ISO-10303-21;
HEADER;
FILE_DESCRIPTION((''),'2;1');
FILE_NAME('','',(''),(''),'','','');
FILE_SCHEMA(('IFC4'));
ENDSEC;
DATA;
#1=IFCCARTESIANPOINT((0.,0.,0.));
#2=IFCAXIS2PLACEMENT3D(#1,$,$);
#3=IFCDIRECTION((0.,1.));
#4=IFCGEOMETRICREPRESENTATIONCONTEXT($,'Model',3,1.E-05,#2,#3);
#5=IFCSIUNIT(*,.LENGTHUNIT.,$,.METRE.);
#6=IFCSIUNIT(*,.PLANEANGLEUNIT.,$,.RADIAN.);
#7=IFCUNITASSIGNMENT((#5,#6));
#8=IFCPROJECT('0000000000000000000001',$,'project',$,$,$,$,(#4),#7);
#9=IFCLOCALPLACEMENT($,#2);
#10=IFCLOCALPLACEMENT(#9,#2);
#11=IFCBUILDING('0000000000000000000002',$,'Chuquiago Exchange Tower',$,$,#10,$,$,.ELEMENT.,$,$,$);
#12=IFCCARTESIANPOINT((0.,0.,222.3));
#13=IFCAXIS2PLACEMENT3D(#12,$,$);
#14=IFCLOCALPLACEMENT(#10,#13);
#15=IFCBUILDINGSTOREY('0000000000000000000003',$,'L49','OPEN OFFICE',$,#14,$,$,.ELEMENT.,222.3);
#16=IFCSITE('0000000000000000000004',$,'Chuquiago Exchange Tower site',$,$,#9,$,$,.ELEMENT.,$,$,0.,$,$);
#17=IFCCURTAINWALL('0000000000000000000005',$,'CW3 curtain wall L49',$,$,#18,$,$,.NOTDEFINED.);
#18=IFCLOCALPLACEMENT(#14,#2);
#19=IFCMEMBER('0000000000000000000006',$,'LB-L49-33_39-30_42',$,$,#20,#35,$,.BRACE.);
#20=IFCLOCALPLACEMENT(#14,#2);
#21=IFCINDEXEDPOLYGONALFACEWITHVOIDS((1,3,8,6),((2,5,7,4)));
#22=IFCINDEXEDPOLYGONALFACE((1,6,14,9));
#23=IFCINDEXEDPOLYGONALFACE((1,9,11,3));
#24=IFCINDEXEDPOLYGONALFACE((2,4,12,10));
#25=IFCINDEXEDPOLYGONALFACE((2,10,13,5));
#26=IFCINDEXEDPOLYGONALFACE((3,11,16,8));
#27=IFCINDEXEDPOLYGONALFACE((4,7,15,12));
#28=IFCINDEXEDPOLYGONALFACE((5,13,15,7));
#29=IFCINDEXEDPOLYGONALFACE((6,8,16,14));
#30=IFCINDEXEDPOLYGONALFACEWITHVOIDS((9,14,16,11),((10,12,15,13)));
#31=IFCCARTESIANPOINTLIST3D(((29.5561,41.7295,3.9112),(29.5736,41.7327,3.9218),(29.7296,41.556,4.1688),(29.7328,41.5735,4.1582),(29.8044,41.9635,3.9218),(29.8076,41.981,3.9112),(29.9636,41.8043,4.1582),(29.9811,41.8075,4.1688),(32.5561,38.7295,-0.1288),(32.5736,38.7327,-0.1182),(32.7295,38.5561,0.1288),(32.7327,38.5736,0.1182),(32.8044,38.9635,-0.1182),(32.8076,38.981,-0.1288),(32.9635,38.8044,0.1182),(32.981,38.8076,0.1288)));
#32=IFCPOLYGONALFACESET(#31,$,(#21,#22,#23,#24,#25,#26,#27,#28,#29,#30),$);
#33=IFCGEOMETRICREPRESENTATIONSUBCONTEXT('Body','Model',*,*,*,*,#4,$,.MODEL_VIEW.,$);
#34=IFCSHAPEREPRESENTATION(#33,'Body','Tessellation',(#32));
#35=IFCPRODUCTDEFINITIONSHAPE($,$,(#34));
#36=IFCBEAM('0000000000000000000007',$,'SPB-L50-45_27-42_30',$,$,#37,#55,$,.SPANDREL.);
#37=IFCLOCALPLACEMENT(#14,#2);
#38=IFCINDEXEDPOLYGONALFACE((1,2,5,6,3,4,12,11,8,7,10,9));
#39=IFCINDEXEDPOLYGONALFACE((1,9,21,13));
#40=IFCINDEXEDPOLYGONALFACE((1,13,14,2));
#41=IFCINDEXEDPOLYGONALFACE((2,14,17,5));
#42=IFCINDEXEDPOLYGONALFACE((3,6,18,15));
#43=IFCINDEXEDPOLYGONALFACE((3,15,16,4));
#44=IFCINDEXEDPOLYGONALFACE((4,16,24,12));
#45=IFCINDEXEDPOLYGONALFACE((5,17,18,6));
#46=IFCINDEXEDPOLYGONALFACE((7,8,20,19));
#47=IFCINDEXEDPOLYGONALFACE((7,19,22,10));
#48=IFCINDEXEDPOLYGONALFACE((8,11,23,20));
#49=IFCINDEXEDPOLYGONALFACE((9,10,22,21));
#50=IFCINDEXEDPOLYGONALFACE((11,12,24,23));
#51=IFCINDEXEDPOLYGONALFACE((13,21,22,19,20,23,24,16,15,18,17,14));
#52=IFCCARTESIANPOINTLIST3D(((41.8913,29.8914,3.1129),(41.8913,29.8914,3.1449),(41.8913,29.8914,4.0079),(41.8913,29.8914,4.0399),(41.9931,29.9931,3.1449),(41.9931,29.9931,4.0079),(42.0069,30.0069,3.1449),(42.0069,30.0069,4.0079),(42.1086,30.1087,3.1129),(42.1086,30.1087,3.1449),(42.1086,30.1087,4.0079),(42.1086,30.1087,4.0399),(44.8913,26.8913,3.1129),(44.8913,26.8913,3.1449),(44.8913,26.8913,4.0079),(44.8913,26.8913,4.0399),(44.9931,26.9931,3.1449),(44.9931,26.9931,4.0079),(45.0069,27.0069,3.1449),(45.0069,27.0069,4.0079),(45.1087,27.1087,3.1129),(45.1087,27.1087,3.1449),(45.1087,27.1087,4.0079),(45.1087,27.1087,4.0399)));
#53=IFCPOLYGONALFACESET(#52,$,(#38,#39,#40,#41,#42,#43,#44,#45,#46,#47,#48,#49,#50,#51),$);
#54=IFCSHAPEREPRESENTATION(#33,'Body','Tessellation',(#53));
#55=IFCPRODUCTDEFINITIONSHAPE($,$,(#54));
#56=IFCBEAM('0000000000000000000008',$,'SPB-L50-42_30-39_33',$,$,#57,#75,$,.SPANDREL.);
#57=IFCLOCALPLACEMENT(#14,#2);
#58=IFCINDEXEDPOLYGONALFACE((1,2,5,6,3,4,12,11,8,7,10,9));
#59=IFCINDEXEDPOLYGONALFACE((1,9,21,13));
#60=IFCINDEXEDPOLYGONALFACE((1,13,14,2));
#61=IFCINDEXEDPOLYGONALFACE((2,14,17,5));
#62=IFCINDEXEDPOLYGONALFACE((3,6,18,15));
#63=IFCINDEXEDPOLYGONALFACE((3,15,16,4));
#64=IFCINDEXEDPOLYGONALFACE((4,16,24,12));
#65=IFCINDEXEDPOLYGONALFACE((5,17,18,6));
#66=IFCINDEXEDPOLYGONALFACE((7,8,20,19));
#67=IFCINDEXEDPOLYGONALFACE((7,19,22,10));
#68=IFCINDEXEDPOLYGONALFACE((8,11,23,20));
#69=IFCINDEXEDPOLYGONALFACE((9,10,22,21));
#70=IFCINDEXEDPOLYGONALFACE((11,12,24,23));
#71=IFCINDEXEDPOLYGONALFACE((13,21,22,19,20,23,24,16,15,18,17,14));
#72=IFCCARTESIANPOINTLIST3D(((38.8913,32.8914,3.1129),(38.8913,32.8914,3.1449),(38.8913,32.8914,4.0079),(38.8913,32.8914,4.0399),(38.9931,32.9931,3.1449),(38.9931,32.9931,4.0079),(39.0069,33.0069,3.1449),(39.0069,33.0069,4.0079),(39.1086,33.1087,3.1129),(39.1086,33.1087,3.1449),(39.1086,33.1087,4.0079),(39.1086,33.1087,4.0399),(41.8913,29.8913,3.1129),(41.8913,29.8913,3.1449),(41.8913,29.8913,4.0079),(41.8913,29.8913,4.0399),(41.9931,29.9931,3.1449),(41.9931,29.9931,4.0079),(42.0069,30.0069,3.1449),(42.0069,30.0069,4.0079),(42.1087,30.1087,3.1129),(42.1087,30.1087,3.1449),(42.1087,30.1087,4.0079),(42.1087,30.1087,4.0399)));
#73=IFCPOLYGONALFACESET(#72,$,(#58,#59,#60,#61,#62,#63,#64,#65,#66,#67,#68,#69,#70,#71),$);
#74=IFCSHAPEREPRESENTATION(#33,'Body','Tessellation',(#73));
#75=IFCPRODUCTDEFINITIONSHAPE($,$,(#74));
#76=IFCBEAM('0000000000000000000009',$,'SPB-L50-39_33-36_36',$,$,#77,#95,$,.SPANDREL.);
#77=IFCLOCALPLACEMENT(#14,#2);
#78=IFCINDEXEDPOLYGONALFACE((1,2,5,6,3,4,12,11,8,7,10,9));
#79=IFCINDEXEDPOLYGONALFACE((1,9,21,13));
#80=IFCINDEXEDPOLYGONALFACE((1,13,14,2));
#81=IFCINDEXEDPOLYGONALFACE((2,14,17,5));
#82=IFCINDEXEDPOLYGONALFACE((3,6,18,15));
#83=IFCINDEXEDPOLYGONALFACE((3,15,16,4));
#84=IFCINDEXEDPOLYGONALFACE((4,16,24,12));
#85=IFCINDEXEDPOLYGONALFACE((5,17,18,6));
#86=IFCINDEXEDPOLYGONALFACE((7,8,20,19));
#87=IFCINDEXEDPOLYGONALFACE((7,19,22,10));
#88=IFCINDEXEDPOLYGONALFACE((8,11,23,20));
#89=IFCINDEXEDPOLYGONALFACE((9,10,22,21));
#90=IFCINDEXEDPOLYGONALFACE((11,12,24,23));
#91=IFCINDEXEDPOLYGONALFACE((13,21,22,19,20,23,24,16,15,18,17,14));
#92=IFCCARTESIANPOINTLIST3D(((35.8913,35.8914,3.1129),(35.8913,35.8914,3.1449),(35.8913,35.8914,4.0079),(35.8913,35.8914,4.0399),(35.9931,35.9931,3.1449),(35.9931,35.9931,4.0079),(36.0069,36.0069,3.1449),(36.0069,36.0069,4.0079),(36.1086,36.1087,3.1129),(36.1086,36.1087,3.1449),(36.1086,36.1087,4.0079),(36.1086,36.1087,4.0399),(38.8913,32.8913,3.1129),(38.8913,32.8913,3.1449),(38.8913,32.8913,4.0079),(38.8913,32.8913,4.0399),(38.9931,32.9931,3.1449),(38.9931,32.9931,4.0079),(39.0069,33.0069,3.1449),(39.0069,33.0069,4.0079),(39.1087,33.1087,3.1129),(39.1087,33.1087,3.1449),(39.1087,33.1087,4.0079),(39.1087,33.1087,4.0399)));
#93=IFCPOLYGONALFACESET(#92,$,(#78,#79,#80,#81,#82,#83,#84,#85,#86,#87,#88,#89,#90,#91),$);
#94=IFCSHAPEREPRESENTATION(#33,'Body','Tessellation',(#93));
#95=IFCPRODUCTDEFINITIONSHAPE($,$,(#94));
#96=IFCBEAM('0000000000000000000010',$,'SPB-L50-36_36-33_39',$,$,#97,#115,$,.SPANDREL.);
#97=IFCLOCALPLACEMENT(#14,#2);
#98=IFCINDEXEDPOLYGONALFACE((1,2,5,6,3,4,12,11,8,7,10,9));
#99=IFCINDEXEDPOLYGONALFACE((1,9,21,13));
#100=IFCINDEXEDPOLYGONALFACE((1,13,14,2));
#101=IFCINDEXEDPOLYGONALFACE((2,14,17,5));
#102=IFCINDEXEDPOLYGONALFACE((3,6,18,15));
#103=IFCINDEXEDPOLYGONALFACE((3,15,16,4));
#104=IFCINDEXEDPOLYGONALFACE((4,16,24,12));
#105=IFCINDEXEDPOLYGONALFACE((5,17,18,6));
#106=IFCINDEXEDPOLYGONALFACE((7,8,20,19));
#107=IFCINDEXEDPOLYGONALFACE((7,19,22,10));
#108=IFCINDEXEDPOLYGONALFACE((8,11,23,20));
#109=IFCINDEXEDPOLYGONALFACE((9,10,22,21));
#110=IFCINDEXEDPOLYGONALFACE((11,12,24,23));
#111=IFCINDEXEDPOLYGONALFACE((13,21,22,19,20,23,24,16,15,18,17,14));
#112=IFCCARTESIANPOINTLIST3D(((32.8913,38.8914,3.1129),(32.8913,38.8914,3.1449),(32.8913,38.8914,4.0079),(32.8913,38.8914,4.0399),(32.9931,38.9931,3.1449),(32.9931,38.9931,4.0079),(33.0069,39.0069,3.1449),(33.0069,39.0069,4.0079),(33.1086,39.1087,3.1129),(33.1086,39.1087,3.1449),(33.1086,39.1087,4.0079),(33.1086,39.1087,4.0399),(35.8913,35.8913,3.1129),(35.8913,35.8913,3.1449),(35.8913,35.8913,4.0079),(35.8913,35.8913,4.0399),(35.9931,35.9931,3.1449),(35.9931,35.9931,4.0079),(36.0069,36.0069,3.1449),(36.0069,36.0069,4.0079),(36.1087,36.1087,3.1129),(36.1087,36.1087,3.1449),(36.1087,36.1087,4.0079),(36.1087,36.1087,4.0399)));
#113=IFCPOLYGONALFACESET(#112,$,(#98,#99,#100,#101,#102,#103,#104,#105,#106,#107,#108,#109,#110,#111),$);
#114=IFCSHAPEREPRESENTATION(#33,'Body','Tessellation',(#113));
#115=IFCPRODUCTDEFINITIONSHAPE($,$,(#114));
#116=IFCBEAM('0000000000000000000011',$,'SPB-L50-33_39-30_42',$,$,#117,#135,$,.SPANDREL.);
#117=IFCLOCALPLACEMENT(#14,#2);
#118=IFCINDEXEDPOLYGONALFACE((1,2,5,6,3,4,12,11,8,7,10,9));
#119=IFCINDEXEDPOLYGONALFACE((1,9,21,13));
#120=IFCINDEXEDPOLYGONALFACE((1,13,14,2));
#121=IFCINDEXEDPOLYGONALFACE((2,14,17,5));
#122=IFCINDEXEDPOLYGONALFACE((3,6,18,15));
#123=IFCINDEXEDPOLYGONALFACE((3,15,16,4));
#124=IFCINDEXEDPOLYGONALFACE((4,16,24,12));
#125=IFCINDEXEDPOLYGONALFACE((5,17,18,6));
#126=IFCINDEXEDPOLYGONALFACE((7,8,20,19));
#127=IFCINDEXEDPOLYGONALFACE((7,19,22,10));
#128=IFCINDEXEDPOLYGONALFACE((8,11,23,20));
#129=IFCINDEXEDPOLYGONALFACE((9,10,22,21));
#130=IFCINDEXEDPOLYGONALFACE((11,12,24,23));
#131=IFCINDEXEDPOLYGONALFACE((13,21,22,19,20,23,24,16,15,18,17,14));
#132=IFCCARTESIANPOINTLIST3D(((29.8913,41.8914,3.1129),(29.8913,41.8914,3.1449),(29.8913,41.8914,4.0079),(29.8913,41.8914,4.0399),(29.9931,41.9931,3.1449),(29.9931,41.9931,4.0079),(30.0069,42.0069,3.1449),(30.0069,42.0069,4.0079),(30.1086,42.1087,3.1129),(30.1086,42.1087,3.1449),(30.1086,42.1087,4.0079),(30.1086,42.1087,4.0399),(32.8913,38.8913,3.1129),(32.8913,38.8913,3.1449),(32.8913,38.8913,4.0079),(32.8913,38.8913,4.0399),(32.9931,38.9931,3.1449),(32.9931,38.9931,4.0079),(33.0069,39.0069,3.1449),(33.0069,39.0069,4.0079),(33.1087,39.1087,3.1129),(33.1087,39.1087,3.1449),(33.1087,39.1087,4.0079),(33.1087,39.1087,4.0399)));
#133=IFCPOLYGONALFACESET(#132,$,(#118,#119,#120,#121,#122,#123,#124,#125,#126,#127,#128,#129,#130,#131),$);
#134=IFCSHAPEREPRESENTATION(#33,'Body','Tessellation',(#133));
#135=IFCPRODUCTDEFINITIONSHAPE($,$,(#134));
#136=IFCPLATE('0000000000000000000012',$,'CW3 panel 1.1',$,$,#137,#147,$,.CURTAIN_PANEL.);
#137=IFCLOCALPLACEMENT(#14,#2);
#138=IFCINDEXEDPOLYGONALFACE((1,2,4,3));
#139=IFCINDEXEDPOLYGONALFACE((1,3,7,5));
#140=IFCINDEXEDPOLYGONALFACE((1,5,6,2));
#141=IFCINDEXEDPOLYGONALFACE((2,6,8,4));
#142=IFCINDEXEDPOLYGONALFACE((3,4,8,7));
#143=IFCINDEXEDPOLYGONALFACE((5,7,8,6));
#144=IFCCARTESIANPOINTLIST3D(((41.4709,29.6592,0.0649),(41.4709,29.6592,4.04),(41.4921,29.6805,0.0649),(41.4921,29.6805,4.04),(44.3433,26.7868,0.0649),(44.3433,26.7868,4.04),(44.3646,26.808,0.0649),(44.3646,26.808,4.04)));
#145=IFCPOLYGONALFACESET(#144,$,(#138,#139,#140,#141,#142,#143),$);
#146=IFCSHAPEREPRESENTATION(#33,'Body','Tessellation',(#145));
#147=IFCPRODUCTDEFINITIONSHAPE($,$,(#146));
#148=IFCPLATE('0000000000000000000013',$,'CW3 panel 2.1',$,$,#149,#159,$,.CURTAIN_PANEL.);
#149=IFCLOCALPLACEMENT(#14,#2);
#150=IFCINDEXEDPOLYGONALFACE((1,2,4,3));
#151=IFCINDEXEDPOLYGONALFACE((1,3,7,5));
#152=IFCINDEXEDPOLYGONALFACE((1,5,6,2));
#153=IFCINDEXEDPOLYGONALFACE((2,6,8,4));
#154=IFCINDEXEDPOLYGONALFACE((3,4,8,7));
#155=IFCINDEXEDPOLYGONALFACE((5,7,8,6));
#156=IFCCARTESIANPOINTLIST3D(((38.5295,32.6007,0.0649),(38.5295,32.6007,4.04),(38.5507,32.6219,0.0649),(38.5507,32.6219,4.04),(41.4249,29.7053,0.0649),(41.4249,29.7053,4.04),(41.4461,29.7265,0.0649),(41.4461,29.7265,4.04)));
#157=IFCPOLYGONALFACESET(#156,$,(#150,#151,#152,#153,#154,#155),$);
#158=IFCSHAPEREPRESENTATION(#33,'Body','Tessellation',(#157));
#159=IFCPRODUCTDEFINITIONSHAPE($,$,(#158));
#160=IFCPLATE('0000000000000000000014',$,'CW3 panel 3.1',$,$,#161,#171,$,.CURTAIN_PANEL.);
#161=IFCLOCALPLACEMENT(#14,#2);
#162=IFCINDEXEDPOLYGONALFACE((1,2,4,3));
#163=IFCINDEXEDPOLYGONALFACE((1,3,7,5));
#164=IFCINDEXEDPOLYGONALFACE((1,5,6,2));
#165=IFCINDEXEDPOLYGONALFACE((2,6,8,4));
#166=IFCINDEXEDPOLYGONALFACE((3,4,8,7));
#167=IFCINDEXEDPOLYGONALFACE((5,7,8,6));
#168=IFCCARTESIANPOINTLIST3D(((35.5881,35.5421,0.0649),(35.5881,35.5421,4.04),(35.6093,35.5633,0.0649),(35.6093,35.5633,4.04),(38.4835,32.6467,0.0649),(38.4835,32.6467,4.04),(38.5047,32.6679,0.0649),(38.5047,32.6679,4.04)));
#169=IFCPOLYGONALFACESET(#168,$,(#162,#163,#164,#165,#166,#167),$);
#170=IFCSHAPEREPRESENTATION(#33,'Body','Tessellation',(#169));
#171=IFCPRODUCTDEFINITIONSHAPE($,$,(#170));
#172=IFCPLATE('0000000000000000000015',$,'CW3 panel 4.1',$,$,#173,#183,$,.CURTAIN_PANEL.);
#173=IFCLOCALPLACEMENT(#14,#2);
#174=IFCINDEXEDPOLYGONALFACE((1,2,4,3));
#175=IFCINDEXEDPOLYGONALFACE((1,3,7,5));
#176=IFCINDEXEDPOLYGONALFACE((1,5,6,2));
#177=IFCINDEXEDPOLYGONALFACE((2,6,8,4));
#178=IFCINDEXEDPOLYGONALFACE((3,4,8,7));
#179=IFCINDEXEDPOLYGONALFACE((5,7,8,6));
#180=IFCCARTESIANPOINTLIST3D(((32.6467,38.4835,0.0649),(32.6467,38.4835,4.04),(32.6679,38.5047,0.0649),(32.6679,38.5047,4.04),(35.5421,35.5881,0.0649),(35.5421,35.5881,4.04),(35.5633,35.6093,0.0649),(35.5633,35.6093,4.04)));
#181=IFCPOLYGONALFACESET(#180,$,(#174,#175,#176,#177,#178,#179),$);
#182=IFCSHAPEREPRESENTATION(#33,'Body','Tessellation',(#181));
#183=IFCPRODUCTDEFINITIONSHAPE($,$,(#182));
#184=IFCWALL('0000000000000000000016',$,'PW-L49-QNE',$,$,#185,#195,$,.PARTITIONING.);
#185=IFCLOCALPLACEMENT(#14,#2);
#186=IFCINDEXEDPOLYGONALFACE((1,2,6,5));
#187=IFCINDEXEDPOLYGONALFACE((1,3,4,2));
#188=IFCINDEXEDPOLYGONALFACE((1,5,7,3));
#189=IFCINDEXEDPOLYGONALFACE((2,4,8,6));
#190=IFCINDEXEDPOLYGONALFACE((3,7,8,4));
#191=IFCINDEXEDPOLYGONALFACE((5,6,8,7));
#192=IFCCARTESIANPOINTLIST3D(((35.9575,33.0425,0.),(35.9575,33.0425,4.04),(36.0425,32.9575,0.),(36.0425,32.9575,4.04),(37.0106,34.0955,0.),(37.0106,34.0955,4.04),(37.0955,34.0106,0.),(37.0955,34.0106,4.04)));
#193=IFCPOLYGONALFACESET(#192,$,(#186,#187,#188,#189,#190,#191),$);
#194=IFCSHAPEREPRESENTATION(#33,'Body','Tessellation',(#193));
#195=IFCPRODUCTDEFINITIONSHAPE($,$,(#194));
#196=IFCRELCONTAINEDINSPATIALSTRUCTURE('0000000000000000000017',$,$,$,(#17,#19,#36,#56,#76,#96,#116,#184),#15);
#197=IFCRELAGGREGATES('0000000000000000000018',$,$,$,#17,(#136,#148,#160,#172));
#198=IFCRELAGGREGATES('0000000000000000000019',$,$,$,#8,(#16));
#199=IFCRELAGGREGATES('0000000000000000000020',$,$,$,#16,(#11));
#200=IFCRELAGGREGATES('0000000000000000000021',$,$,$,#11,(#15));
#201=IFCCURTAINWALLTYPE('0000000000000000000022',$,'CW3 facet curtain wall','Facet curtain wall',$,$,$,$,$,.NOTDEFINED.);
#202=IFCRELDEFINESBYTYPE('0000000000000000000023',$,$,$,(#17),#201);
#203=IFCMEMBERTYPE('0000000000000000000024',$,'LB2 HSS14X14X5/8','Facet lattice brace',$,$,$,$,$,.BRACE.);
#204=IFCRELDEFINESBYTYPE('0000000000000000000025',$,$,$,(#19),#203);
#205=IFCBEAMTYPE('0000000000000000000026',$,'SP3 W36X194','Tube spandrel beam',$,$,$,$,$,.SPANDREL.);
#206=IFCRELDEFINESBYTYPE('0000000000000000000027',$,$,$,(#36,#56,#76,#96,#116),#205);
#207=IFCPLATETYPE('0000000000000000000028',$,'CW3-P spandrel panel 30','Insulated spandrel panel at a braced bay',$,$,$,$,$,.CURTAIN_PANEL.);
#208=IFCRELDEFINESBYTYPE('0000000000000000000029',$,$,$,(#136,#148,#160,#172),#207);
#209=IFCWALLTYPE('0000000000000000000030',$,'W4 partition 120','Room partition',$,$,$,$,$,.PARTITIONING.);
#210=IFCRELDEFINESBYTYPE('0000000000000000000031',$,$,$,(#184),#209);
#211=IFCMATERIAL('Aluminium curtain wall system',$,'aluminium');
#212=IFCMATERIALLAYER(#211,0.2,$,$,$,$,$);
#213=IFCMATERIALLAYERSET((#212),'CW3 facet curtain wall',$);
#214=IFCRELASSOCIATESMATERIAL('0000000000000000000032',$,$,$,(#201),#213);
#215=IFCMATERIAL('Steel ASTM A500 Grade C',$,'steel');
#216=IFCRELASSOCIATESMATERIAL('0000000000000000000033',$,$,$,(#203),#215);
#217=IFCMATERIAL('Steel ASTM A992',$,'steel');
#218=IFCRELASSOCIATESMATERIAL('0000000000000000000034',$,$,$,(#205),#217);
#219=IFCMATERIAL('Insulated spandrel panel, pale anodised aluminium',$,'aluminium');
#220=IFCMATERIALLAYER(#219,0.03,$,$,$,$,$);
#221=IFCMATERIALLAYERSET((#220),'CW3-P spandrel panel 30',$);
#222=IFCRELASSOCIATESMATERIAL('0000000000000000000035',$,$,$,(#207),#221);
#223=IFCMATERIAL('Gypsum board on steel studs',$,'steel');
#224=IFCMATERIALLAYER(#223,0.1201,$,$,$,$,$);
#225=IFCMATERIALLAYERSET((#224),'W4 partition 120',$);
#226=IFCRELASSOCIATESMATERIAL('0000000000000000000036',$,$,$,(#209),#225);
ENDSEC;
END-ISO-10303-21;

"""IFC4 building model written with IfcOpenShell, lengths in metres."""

from ifc_helpers import new_model, si_unit, direction, frame, frame_2d, origin, origin_2d, place, context, subcontext, project, spatial, rectangle, hollow_rectangle, i_section, extrude, material, layer, layer_set, material_profile, profile_set, type_object, element, aggregate, save


model = new_model("IFC4")

# Units and contexts
model_context = context("Model", 3, precision=1e-05, world=origin(), true_north=direction((0.0, 1.0)))
body_context = subcontext(model_context, "Body", "Model", "MODEL_VIEW")
ifc_project = project(units=[si_unit("LENGTHUNIT", "METRE"), si_unit("PLANEANGLEUNIT", "RADIAN")], contexts=[model_context])

# Site, building, storey
site_placement = place(None, origin())
site = spatial("IfcSite", under=ifc_project, at=site_placement, Name="Chuquiago Exchange Tower site", CompositionType="ELEMENT", RefElevation=0.0)
building_placement = place(site_placement, origin())
building = spatial("IfcBuilding", under=site, at=building_placement, Name="Chuquiago Exchange Tower", CompositionType="ELEMENT")
storey_placement = place(building_placement, frame((0.0, 0.0, 222.3)))
storey = spatial("IfcBuildingStorey", under=building, at=storey_placement, Name="L49", Description="OPEN OFFICE", CompositionType="ELEMENT", Elevation=222.3)

# Curtain wall
ifc_material_1 = material(Name="Aluminium curtain wall system", Category="aluminium")
ifc_layer_1 = layer(ifc_material_1, 0.2)
ifc_layer_set_1 = layer_set([ifc_layer_1], Name="CW3 facet curtain wall")
curtain_wall_type = type_object("IfcCurtainWallType", Name="CW3 facet curtain wall", Description="Facet curtain wall", PredefinedType="NOTDEFINED", material=ifc_layer_set_1)
curtain_wall_placement = place(storey_placement, origin())
curtain_wall = element("IfcCurtainWall", 1, at=curtain_wall_placement, inside=storey, type_object=curtain_wall_type, Name="CW3 curtain wall L49", PredefinedType="NOTDEFINED")

# Member
ifc_material_2 = material(Name="Steel ASTM A500 Grade C", Category="steel")
ifc_material_profile_1 = material_profile(ifc_material_2, hollow_rectangle(XDim=0.3557, YDim=0.3557, WallThickness=0.0146, at=origin_2d()), Name="HSS14X14X5/8")
ifc_profile_set_1 = profile_set([ifc_material_profile_1], Name="Steel ASTM A500 Grade C")
member_type_1 = type_object("IfcMemberType", Name="LB2 HSS14X14X5/8", Description="Facet lattice brace", PredefinedType="BRACE", material=ifc_profile_set_1)
for number, where, z_axis, x_axis, name in (
    (2, (32.7686, 38.7686, 0.0), (-0.512077, 0.512077, 0.689604), (-0.707107, -0.707107, 0.0), "LB-L49-33_39-30_42"),
):
    element("IfcMember", number, at=place(storey_placement, frame(where, z_axis=z_axis, x_axis=x_axis)), inside=storey, type_object=member_type_1, Name=name, PredefinedType="BRACE", context=body_context, shape_type="SweptSolid", body=[
        extrude(hollow_rectangle(XDim=0.3557, YDim=0.3557, WallThickness=0.0146, at=origin_2d()), origin(), (0.0, 0.0, 1.0), 5.8584),
    ])

# Beams
ifc_material_3 = material(Name="Steel ASTM A992", Category="steel")
ifc_material_profile_2 = material_profile(ifc_material_3, i_section(OverallWidth=0.3074, OverallDepth=0.927, WebThickness=0.0195, FlangeThickness=0.032, at=origin_2d()), Name="W36X194")
ifc_profile_set_2 = profile_set([ifc_material_profile_2], Name="Steel ASTM A992")
beam_type_1 = type_object("IfcBeamType", Name="SP3 W36X194", Description="Tube spandrel beam", PredefinedType="SPANDREL", material=ifc_profile_set_2)
for number, where, z_axis, x_axis, name in (
    (3, (45.0, 27.0, 3.5764), (-0.707107, 0.707107, 0.0), (-0.707107, -0.707107, 0.0), "SPB-L50-45_27-42_30"),
    (4, (42.0, 30.0, 3.5764), (-0.707107, 0.707107, 0.0), (-0.707107, -0.707107, 0.0), "SPB-L50-42_30-39_33"),
    (5, (39.0, 33.0, 3.5764), (-0.707107, 0.707107, 0.0), (-0.707107, -0.707107, 0.0), "SPB-L50-39_33-36_36"),
    (6, (36.0, 36.0, 3.5764), (-0.707107, 0.707107, 0.0), (-0.707107, -0.707107, 0.0), "SPB-L50-36_36-33_39"),
    (7, (33.0, 39.0, 3.5764), (-0.707107, 0.707107, 0.0), (-0.707107, -0.707107, 0.0), "SPB-L50-33_39-30_42"),
):
    element("IfcBeam", number, at=place(storey_placement, frame(where, z_axis=z_axis, x_axis=x_axis)), inside=storey, type_object=beam_type_1, Name=name, PredefinedType="SPANDREL", context=body_context, shape_type="SweptSolid", body=[
        extrude(i_section(OverallWidth=0.3074, OverallDepth=0.927, WebThickness=0.0195, FlangeThickness=0.032, at=origin_2d()), origin(), (0.0, 0.0, 1.0), 4.2427),
    ])

# Plates
ifc_material_4 = material(Name="Insulated spandrel panel, pale anodised aluminium", Category="aluminium")
ifc_layer_2 = layer(ifc_material_4, 0.03)
ifc_layer_set_2 = layer_set([ifc_layer_2], Name="CW3-P spandrel panel 30")
plate_type = type_object("IfcPlateType", Name="CW3-P spandrel panel 30", Description="Insulated spandrel panel at a braced bay", PredefinedType="CURTAIN_PANEL", material=ifc_layer_set_2)
plate_1_placement = place(storey_placement, frame((42.9177, 28.2336, 0.0649), z_axis=(0.0, 0.0, 1.0), x_axis=(-0.707107, 0.707107, 0.0)))
plate_1 = element("IfcPlate", 8, at=plate_1_placement, type_object=plate_type, Name="CW3 panel 1.1", PredefinedType="CURTAIN_PANEL", context=body_context, shape_type="SweptSolid", body=[
    extrude(rectangle(XDim=4.0623, YDim=0.03, at=origin_2d()), origin(), (0.0, 0.0, 1.0), 3.9751),
])
plate_2_placement = place(storey_placement, frame((39.9878, 31.1636, 0.0649), z_axis=(0.0, 0.0, 1.0), x_axis=(-0.707107, 0.707107, 0.0)))
plate_2 = element("IfcPlate", 9, at=plate_2_placement, type_object=plate_type, Name="CW3 panel 2.1", PredefinedType="CURTAIN_PANEL", context=body_context, shape_type="SweptSolid", body=[
    extrude(rectangle(XDim=4.0947, YDim=0.03, at=origin_2d()), origin(), (0.0, 0.0, 1.0), 3.9751),
])
plate_3_placement = place(storey_placement, frame((37.0464, 34.105, 0.0649), z_axis=(0.0, 0.0, 1.0), x_axis=(-0.707107, 0.707107, 0.0)))
plate_3 = element("IfcPlate", 10, at=plate_3_placement, type_object=plate_type, Name="CW3 panel 3.1", PredefinedType="CURTAIN_PANEL", context=body_context, shape_type="SweptSolid", body=[
    extrude(rectangle(XDim=4.0947, YDim=0.03, at=origin_2d()), origin(), (0.0, 0.0, 1.0), 3.9751),
])
plate_4_placement = place(storey_placement, frame((34.105, 37.0464, 0.0649), z_axis=(0.0, 0.0, 1.0), x_axis=(-0.707107, 0.707107, 0.0)))
plate_4 = element("IfcPlate", 11, at=plate_4_placement, type_object=plate_type, Name="CW3 panel 4.1", PredefinedType="CURTAIN_PANEL", context=body_context, shape_type="SweptSolid", body=[
    extrude(rectangle(XDim=4.0947, YDim=0.03, at=origin_2d()), origin(), (0.0, 0.0, 1.0), 3.9751),
])
aggregate(curtain_wall, [plate_1, plate_2, plate_3, plate_4])

# Wall
ifc_material_5 = material(Name="Gypsum board on steel studs", Category="steel")
ifc_layer_3 = layer(ifc_material_5, 0.1201)
ifc_layer_set_3 = layer_set([ifc_layer_3], Name="W4 partition 120")
wall_type_1 = type_object("IfcWallType", Name="W4 partition 120", Description="Room partition", PredefinedType="PARTITIONING", material=ifc_layer_set_3)
wall_1_placement = place(storey_placement, frame((36.0, 33.0, 0.0), z_axis=(0.0, 0.0, 1.0), x_axis=(0.707107, 0.707107, 0.0)))
element("IfcWall", 12, at=wall_1_placement, inside=storey, type_object=wall_type_1, Name="PW-L49-QNE", PredefinedType="PARTITIONING", context=body_context, shape_type="SweptSolid", body=[
    extrude(rectangle(XDim=1.4893, YDim=0.1201, at=frame_2d((0.7446, 0.0))), origin(), (0.0, 0.0, 1.0), 4.04),
])

save(model, "model.ifc")
